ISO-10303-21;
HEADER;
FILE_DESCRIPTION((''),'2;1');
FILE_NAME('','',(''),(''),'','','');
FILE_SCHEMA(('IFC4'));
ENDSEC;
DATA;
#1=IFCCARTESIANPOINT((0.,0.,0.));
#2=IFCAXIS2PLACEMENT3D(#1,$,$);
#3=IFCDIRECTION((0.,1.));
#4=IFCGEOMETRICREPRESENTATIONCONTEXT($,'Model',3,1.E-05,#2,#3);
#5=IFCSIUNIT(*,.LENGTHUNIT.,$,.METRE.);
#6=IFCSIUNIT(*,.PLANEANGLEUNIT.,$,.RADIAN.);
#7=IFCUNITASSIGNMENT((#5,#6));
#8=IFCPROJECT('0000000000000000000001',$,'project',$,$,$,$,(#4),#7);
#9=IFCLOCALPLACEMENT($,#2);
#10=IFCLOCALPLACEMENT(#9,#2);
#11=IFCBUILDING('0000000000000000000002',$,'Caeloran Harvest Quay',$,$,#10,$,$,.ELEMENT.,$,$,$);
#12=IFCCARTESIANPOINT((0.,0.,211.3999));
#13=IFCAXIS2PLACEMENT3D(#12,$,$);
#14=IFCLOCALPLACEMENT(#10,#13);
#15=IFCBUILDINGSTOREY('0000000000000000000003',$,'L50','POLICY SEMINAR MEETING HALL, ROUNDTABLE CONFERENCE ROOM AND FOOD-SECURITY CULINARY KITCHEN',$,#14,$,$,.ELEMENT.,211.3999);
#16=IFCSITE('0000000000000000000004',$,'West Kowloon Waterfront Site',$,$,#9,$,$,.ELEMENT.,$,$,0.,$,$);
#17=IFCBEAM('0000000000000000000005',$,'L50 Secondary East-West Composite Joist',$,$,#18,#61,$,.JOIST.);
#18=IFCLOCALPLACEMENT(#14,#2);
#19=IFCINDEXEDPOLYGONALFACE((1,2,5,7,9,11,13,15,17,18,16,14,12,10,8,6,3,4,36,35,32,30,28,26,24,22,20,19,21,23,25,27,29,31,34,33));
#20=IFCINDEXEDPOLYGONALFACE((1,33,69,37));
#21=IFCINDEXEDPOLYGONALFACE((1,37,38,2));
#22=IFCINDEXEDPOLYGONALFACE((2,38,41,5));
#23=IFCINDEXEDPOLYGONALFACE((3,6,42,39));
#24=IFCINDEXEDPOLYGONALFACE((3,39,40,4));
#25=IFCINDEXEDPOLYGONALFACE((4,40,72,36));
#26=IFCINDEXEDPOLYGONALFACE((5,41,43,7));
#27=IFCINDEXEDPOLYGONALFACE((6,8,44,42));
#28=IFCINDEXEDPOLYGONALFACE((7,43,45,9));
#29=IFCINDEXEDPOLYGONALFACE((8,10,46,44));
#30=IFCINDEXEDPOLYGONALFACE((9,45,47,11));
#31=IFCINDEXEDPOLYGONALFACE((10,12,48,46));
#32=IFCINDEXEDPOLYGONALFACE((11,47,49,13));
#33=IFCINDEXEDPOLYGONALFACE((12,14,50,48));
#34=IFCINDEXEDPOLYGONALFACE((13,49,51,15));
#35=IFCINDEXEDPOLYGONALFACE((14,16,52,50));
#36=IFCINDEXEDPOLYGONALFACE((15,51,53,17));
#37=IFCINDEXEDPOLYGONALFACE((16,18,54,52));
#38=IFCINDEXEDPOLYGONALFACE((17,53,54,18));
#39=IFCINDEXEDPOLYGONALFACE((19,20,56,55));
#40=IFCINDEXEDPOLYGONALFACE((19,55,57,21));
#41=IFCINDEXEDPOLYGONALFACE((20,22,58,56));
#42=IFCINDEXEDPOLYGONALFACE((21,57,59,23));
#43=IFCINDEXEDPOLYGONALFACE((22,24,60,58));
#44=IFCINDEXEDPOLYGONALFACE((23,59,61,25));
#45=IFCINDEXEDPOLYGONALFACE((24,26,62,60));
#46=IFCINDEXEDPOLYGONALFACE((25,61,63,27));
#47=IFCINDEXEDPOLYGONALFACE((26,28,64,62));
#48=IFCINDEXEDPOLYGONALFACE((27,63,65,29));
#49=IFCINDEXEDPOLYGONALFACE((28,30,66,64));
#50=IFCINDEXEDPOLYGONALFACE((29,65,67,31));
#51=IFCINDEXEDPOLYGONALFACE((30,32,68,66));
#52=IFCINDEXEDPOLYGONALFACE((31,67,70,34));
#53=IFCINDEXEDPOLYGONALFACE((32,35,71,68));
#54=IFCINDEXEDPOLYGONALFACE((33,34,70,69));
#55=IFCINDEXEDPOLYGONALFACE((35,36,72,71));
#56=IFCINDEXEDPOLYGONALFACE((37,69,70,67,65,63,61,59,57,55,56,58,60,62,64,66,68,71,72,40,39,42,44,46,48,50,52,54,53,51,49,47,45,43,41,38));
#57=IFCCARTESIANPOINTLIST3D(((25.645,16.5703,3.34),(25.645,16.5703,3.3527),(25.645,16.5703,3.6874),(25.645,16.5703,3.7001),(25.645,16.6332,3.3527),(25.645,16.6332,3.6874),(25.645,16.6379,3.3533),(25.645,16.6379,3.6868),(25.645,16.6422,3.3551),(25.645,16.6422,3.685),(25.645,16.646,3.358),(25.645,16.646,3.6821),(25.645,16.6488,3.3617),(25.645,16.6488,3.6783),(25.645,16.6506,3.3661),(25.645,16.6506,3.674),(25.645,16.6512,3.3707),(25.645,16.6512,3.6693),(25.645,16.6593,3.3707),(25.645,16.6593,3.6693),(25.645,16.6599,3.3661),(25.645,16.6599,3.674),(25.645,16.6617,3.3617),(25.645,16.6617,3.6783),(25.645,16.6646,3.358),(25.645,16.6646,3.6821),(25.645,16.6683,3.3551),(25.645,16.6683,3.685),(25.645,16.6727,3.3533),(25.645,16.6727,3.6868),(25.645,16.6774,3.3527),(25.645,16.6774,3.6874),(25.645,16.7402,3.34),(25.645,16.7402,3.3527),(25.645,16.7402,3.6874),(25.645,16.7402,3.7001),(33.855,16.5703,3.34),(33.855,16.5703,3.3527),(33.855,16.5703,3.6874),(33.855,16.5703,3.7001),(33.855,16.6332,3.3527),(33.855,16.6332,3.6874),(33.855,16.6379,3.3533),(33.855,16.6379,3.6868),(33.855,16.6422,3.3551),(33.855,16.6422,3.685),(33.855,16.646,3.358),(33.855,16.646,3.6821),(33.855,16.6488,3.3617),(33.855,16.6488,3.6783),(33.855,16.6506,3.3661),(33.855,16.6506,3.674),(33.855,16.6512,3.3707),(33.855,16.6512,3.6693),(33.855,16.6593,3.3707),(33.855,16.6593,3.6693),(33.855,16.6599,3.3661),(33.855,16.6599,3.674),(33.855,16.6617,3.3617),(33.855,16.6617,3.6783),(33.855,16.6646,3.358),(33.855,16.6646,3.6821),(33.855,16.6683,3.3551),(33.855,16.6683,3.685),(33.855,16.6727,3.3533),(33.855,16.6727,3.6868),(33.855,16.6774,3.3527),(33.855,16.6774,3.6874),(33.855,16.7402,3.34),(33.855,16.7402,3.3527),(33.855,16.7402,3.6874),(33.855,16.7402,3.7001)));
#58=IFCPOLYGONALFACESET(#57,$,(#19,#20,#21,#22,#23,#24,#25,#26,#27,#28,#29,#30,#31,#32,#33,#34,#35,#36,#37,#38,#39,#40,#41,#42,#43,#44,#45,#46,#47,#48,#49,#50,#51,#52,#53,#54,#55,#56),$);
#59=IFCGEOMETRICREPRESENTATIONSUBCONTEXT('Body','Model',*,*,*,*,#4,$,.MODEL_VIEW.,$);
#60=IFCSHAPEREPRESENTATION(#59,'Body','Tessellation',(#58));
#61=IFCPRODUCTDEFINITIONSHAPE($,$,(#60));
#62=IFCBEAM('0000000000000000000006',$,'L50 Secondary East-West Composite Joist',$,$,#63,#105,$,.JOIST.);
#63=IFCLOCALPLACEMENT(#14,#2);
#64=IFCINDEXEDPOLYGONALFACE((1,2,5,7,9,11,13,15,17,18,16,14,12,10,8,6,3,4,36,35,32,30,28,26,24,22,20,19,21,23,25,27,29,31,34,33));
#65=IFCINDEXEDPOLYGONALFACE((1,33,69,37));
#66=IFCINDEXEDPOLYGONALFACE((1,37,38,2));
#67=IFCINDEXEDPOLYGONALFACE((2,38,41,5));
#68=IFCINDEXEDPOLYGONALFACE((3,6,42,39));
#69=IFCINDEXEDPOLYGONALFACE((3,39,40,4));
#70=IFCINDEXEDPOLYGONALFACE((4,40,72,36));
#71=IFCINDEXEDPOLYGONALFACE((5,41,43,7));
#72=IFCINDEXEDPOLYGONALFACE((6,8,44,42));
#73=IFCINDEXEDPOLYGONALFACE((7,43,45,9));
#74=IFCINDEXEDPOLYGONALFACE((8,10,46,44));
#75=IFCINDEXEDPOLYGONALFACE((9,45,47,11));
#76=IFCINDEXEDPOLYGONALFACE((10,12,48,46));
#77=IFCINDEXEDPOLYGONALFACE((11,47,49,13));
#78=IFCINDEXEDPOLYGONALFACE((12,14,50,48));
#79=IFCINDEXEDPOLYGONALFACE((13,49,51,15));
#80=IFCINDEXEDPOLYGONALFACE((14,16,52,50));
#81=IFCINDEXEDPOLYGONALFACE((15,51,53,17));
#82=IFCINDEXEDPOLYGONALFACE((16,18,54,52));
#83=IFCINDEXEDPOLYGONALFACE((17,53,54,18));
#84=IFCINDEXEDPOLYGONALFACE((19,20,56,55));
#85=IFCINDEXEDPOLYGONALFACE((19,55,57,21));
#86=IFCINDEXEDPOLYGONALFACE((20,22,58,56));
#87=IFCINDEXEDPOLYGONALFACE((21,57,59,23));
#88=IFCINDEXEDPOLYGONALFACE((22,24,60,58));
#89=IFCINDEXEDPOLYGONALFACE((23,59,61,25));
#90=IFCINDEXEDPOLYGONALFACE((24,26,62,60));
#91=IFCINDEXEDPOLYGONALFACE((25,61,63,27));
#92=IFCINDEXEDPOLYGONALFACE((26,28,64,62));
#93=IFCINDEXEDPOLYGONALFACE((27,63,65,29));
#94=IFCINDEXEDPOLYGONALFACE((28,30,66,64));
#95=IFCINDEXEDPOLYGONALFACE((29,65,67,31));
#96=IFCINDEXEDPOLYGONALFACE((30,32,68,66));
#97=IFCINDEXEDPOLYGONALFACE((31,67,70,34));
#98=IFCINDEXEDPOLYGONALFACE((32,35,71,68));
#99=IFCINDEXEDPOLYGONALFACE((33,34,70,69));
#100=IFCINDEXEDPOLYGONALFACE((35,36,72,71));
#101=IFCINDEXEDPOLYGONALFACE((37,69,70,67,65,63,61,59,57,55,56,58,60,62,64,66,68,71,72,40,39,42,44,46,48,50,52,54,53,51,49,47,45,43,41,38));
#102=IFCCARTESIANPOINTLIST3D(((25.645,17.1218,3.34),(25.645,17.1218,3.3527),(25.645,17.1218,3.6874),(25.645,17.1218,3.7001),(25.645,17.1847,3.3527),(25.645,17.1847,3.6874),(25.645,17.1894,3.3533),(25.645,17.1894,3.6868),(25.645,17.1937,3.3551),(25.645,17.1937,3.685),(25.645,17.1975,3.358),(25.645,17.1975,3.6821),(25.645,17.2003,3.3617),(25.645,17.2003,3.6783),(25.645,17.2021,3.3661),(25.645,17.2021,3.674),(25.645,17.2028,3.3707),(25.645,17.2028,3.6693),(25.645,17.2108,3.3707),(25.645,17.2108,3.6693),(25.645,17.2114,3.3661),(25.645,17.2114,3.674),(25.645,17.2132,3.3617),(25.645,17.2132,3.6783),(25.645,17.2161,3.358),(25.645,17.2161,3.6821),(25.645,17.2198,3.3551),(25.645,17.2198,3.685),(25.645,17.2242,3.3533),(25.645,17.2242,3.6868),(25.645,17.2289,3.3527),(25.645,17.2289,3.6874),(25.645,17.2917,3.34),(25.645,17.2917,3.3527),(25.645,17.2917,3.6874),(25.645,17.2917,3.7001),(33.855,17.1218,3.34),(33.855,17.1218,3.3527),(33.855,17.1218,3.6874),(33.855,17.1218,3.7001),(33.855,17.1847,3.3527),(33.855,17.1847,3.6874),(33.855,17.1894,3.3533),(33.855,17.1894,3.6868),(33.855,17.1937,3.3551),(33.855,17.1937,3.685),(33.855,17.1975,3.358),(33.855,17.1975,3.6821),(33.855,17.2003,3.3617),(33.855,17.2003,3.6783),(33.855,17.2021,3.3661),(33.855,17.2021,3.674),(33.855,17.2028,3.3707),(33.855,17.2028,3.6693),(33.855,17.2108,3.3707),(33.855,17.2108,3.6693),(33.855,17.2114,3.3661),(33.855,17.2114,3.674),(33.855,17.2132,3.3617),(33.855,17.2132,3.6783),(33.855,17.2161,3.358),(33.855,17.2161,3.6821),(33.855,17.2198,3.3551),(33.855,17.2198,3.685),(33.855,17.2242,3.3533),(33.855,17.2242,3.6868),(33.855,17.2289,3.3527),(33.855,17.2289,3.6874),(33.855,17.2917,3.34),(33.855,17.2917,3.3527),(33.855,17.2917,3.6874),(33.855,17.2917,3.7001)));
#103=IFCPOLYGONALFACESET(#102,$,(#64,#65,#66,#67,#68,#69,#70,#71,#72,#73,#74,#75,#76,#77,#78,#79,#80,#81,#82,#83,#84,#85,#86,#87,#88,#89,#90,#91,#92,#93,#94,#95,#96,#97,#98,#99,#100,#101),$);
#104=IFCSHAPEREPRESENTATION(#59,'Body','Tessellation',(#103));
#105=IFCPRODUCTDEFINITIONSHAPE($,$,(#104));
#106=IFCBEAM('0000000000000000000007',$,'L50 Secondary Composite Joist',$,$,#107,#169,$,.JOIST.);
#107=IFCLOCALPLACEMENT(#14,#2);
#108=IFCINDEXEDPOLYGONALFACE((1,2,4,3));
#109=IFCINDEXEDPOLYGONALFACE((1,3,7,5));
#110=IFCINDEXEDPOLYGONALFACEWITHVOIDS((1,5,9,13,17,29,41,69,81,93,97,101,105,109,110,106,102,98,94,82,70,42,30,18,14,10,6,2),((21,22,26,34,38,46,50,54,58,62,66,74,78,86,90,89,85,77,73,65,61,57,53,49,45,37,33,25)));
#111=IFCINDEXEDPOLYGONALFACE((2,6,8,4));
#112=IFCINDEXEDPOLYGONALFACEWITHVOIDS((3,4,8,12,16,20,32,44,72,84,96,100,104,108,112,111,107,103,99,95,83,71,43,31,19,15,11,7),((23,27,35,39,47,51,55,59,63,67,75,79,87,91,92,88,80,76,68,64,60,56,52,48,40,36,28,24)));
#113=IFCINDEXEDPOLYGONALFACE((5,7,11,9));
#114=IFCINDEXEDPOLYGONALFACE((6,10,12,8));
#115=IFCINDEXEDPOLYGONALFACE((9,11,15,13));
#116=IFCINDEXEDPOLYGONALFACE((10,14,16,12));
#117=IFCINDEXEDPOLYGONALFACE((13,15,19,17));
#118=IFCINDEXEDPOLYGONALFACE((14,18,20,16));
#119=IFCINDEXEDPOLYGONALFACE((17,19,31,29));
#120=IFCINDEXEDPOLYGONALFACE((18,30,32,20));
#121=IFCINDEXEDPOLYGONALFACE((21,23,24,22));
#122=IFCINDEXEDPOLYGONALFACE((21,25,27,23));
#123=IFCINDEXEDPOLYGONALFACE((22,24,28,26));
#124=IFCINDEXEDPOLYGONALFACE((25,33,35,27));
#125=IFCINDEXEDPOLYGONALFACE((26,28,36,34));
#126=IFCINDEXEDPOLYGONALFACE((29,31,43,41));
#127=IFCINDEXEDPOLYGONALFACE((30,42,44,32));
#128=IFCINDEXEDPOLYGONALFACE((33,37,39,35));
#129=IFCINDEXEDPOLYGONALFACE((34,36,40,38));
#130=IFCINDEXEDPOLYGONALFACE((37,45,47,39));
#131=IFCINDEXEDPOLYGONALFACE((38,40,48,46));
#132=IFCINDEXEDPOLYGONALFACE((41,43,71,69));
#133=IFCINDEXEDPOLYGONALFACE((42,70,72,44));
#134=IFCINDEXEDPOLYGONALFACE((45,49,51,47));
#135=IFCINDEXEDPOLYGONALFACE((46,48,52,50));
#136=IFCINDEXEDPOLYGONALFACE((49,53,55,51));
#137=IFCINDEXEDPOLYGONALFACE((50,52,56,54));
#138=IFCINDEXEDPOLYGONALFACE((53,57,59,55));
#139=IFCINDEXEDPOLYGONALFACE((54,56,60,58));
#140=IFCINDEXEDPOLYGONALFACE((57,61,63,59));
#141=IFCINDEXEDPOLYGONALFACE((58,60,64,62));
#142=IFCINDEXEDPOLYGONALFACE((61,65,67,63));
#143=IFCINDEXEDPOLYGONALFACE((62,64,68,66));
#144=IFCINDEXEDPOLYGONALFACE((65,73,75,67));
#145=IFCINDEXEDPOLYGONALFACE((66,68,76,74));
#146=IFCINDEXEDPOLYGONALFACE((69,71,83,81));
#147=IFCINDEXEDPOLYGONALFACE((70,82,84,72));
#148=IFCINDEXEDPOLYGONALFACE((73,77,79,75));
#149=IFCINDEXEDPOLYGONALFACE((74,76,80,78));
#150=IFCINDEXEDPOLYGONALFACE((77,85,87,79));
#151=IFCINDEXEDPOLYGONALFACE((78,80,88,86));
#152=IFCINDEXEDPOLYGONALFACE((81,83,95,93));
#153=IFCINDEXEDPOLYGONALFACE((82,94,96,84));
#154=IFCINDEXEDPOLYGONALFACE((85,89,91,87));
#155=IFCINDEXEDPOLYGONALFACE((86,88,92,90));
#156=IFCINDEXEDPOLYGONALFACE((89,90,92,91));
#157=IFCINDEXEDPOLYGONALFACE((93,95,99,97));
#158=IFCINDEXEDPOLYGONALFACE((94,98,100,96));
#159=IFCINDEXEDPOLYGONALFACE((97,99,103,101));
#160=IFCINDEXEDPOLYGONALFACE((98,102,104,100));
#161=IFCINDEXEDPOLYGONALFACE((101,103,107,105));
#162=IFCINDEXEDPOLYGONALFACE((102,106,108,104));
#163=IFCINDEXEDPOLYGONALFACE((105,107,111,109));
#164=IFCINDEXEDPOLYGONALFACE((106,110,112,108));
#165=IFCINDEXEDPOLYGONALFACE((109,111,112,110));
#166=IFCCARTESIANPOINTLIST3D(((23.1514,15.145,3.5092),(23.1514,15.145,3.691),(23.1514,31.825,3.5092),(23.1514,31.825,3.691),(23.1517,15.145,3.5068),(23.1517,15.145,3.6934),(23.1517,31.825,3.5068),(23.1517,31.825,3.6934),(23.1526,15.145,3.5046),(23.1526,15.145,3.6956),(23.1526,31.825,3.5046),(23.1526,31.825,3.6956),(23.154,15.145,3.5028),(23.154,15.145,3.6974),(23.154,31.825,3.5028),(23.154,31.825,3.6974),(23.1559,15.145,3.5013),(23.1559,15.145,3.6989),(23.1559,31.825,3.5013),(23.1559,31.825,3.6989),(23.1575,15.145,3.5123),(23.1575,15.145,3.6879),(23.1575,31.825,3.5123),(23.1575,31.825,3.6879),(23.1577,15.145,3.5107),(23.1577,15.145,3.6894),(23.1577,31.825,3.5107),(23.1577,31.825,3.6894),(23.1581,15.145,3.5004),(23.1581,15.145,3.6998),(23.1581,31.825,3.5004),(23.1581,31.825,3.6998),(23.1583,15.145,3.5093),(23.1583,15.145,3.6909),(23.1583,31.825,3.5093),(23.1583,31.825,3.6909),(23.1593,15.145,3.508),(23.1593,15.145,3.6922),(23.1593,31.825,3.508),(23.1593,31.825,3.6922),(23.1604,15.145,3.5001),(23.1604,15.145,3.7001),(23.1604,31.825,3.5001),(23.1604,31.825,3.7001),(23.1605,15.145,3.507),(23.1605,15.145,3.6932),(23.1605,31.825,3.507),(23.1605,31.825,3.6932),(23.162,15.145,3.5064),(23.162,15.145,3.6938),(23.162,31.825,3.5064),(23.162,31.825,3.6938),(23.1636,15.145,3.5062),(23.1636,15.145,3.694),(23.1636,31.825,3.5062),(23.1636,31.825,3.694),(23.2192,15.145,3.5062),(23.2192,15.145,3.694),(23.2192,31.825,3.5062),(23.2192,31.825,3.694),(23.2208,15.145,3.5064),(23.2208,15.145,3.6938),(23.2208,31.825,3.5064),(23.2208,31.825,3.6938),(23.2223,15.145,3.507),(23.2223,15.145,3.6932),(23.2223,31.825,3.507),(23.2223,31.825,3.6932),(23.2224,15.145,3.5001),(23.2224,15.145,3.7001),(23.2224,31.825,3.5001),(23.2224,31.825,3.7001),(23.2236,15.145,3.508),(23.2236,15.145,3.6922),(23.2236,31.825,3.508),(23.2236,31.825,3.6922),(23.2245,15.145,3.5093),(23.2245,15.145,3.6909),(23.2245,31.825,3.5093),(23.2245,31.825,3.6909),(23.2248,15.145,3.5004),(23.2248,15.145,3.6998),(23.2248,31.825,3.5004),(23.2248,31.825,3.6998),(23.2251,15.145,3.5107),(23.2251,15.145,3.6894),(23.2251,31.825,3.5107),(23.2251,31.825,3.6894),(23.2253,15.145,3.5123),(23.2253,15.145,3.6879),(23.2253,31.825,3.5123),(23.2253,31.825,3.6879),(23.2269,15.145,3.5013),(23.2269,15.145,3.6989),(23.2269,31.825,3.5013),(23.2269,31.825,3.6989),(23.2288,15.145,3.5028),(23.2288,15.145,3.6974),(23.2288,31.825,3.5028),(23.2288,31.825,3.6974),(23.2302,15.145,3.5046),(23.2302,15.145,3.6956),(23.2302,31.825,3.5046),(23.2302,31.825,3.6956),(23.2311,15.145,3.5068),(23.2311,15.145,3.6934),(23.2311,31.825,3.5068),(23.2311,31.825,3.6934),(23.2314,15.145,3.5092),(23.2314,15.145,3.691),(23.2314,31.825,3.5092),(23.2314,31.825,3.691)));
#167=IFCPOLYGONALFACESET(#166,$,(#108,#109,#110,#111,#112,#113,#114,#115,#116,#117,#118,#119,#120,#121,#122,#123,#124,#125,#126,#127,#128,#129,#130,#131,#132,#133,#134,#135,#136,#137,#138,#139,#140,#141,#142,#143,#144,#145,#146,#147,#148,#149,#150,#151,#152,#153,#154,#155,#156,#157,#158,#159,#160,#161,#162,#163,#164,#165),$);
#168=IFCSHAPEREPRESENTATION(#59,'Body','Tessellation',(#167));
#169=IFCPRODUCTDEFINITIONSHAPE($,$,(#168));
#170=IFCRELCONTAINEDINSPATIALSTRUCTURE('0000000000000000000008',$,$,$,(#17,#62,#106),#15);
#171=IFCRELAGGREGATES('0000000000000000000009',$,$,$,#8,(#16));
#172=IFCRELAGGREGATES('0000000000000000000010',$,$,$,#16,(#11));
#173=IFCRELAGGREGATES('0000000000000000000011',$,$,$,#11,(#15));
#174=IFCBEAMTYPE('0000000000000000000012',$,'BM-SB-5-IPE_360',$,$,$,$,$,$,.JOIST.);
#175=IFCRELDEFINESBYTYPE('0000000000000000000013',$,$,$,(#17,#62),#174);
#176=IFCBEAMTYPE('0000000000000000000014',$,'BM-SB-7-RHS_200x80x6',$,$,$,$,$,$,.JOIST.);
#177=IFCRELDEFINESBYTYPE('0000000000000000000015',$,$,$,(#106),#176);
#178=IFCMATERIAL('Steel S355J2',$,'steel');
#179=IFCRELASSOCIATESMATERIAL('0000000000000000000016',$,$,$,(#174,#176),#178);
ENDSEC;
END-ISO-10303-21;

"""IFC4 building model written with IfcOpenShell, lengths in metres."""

from ifc_helpers import new_model, si_unit, direction, frame, origin, origin_2d, place, context, subcontext, project, spatial, hollow_rectangle, i_section, extrude, material, material_profile, profile_set, type_object, element, save


model = new_model("IFC4")

# Units and contexts
model_context = context("Model", 3, precision=1e-05, world=origin(), true_north=direction((0.0, 1.0)))
body_context = subcontext(model_context, "Body", "Model", "MODEL_VIEW")
ifc_project = project(units=[si_unit("LENGTHUNIT", "METRE"), si_unit("PLANEANGLEUNIT", "RADIAN")], contexts=[model_context])

# Site, building, storey
site_placement = place(None, origin())
site = spatial("IfcSite", under=ifc_project, at=site_placement, Name="West Kowloon Waterfront Site", CompositionType="ELEMENT", RefElevation=0.0)
building_placement = place(site_placement, origin())
building = spatial("IfcBuilding", under=site, at=building_placement, Name="Caeloran Harvest Quay", CompositionType="ELEMENT")
storey_placement = place(building_placement, frame((0.0, 0.0, 211.3999)))
storey = spatial("IfcBuildingStorey", under=building, at=storey_placement, Name="L50", Description="POLICY SEMINAR MEETING HALL, ROUNDTABLE CONFERENCE ROOM AND FOOD-SECURITY CULINARY KITCHEN", CompositionType="ELEMENT", Elevation=211.3999)

# Beams
ifc_material_1 = material(Name="Steel S355J2", Category="steel")
ifc_material_profile_1 = material_profile(ifc_material_1, i_section(OverallWidth=0.1699, OverallDepth=0.3601, WebThickness=0.0081, FlangeThickness=0.0127, FilletRadius=0.0181, at=origin_2d()), Name="IPE 360")
ifc_profile_set_1 = profile_set([ifc_material_profile_1], Name="Steel S355J2")
beam_type_1 = type_object("IfcBeamType", Name="BM-SB-5-IPE_360", PredefinedType="JOIST", material=ifc_profile_set_1)
for number, where, z_axis, x_axis, name in (
    (1, (25.645, 16.6553, 3.52), (1.0, 0.0, 0.0), (0.0, 1.0, 0.0), "L50 Secondary East-West Composite Joist"),
    (2, (25.645, 17.2068, 3.52), (1.0, 0.0, 0.0), (0.0, 1.0, 0.0), "L50 Secondary East-West Composite Joist"),
):
    element("IfcBeam", number, at=place(storey_placement, frame(where, z_axis=z_axis, x_axis=x_axis)), inside=storey, type_object=beam_type_1, Name=name, PredefinedType="JOIST", context=body_context, shape_type="SweptSolid", body=[
        extrude(i_section(OverallWidth=0.1699, OverallDepth=0.3601, WebThickness=0.0081, FlangeThickness=0.0127, FilletRadius=0.0181, at=origin_2d()), origin(), (0.0, 0.0, 1.0), 8.21),
    ])
ifc_material_profile_2 = material_profile(ifc_material_1, hollow_rectangle(XDim=0.0801, YDim=0.2, WallThickness=0.0061, InnerFilletRadius=0.0061, OuterFilletRadius=0.009, at=origin_2d()), Name="RHS 200x80x6")
ifc_profile_set_2 = profile_set([ifc_material_profile_2], Name="Steel S355J2")
beam_type_2 = type_object("IfcBeamType", Name="BM-SB-7-RHS_200x80x6", PredefinedType="JOIST", material=ifc_profile_set_2)
beam_1_placement = place(storey_placement, frame((23.1914, 15.145, 3.6001), z_axis=(0.0, 1.0, 0.0), x_axis=(-1.0, 0.0, 0.0)))
element("IfcBeam", 3, at=beam_1_placement, inside=storey, type_object=beam_type_2, Name="L50 Secondary Composite Joist", PredefinedType="JOIST", context=body_context, shape_type="SweptSolid", body=[
    extrude(hollow_rectangle(XDim=0.0801, YDim=0.2, WallThickness=0.0061, InnerFilletRadius=0.0061, OuterFilletRadius=0.009, at=origin_2d()), origin(), (0.0, 0.0, 1.0), 16.6799),
])

save(model, "model.ifc")
